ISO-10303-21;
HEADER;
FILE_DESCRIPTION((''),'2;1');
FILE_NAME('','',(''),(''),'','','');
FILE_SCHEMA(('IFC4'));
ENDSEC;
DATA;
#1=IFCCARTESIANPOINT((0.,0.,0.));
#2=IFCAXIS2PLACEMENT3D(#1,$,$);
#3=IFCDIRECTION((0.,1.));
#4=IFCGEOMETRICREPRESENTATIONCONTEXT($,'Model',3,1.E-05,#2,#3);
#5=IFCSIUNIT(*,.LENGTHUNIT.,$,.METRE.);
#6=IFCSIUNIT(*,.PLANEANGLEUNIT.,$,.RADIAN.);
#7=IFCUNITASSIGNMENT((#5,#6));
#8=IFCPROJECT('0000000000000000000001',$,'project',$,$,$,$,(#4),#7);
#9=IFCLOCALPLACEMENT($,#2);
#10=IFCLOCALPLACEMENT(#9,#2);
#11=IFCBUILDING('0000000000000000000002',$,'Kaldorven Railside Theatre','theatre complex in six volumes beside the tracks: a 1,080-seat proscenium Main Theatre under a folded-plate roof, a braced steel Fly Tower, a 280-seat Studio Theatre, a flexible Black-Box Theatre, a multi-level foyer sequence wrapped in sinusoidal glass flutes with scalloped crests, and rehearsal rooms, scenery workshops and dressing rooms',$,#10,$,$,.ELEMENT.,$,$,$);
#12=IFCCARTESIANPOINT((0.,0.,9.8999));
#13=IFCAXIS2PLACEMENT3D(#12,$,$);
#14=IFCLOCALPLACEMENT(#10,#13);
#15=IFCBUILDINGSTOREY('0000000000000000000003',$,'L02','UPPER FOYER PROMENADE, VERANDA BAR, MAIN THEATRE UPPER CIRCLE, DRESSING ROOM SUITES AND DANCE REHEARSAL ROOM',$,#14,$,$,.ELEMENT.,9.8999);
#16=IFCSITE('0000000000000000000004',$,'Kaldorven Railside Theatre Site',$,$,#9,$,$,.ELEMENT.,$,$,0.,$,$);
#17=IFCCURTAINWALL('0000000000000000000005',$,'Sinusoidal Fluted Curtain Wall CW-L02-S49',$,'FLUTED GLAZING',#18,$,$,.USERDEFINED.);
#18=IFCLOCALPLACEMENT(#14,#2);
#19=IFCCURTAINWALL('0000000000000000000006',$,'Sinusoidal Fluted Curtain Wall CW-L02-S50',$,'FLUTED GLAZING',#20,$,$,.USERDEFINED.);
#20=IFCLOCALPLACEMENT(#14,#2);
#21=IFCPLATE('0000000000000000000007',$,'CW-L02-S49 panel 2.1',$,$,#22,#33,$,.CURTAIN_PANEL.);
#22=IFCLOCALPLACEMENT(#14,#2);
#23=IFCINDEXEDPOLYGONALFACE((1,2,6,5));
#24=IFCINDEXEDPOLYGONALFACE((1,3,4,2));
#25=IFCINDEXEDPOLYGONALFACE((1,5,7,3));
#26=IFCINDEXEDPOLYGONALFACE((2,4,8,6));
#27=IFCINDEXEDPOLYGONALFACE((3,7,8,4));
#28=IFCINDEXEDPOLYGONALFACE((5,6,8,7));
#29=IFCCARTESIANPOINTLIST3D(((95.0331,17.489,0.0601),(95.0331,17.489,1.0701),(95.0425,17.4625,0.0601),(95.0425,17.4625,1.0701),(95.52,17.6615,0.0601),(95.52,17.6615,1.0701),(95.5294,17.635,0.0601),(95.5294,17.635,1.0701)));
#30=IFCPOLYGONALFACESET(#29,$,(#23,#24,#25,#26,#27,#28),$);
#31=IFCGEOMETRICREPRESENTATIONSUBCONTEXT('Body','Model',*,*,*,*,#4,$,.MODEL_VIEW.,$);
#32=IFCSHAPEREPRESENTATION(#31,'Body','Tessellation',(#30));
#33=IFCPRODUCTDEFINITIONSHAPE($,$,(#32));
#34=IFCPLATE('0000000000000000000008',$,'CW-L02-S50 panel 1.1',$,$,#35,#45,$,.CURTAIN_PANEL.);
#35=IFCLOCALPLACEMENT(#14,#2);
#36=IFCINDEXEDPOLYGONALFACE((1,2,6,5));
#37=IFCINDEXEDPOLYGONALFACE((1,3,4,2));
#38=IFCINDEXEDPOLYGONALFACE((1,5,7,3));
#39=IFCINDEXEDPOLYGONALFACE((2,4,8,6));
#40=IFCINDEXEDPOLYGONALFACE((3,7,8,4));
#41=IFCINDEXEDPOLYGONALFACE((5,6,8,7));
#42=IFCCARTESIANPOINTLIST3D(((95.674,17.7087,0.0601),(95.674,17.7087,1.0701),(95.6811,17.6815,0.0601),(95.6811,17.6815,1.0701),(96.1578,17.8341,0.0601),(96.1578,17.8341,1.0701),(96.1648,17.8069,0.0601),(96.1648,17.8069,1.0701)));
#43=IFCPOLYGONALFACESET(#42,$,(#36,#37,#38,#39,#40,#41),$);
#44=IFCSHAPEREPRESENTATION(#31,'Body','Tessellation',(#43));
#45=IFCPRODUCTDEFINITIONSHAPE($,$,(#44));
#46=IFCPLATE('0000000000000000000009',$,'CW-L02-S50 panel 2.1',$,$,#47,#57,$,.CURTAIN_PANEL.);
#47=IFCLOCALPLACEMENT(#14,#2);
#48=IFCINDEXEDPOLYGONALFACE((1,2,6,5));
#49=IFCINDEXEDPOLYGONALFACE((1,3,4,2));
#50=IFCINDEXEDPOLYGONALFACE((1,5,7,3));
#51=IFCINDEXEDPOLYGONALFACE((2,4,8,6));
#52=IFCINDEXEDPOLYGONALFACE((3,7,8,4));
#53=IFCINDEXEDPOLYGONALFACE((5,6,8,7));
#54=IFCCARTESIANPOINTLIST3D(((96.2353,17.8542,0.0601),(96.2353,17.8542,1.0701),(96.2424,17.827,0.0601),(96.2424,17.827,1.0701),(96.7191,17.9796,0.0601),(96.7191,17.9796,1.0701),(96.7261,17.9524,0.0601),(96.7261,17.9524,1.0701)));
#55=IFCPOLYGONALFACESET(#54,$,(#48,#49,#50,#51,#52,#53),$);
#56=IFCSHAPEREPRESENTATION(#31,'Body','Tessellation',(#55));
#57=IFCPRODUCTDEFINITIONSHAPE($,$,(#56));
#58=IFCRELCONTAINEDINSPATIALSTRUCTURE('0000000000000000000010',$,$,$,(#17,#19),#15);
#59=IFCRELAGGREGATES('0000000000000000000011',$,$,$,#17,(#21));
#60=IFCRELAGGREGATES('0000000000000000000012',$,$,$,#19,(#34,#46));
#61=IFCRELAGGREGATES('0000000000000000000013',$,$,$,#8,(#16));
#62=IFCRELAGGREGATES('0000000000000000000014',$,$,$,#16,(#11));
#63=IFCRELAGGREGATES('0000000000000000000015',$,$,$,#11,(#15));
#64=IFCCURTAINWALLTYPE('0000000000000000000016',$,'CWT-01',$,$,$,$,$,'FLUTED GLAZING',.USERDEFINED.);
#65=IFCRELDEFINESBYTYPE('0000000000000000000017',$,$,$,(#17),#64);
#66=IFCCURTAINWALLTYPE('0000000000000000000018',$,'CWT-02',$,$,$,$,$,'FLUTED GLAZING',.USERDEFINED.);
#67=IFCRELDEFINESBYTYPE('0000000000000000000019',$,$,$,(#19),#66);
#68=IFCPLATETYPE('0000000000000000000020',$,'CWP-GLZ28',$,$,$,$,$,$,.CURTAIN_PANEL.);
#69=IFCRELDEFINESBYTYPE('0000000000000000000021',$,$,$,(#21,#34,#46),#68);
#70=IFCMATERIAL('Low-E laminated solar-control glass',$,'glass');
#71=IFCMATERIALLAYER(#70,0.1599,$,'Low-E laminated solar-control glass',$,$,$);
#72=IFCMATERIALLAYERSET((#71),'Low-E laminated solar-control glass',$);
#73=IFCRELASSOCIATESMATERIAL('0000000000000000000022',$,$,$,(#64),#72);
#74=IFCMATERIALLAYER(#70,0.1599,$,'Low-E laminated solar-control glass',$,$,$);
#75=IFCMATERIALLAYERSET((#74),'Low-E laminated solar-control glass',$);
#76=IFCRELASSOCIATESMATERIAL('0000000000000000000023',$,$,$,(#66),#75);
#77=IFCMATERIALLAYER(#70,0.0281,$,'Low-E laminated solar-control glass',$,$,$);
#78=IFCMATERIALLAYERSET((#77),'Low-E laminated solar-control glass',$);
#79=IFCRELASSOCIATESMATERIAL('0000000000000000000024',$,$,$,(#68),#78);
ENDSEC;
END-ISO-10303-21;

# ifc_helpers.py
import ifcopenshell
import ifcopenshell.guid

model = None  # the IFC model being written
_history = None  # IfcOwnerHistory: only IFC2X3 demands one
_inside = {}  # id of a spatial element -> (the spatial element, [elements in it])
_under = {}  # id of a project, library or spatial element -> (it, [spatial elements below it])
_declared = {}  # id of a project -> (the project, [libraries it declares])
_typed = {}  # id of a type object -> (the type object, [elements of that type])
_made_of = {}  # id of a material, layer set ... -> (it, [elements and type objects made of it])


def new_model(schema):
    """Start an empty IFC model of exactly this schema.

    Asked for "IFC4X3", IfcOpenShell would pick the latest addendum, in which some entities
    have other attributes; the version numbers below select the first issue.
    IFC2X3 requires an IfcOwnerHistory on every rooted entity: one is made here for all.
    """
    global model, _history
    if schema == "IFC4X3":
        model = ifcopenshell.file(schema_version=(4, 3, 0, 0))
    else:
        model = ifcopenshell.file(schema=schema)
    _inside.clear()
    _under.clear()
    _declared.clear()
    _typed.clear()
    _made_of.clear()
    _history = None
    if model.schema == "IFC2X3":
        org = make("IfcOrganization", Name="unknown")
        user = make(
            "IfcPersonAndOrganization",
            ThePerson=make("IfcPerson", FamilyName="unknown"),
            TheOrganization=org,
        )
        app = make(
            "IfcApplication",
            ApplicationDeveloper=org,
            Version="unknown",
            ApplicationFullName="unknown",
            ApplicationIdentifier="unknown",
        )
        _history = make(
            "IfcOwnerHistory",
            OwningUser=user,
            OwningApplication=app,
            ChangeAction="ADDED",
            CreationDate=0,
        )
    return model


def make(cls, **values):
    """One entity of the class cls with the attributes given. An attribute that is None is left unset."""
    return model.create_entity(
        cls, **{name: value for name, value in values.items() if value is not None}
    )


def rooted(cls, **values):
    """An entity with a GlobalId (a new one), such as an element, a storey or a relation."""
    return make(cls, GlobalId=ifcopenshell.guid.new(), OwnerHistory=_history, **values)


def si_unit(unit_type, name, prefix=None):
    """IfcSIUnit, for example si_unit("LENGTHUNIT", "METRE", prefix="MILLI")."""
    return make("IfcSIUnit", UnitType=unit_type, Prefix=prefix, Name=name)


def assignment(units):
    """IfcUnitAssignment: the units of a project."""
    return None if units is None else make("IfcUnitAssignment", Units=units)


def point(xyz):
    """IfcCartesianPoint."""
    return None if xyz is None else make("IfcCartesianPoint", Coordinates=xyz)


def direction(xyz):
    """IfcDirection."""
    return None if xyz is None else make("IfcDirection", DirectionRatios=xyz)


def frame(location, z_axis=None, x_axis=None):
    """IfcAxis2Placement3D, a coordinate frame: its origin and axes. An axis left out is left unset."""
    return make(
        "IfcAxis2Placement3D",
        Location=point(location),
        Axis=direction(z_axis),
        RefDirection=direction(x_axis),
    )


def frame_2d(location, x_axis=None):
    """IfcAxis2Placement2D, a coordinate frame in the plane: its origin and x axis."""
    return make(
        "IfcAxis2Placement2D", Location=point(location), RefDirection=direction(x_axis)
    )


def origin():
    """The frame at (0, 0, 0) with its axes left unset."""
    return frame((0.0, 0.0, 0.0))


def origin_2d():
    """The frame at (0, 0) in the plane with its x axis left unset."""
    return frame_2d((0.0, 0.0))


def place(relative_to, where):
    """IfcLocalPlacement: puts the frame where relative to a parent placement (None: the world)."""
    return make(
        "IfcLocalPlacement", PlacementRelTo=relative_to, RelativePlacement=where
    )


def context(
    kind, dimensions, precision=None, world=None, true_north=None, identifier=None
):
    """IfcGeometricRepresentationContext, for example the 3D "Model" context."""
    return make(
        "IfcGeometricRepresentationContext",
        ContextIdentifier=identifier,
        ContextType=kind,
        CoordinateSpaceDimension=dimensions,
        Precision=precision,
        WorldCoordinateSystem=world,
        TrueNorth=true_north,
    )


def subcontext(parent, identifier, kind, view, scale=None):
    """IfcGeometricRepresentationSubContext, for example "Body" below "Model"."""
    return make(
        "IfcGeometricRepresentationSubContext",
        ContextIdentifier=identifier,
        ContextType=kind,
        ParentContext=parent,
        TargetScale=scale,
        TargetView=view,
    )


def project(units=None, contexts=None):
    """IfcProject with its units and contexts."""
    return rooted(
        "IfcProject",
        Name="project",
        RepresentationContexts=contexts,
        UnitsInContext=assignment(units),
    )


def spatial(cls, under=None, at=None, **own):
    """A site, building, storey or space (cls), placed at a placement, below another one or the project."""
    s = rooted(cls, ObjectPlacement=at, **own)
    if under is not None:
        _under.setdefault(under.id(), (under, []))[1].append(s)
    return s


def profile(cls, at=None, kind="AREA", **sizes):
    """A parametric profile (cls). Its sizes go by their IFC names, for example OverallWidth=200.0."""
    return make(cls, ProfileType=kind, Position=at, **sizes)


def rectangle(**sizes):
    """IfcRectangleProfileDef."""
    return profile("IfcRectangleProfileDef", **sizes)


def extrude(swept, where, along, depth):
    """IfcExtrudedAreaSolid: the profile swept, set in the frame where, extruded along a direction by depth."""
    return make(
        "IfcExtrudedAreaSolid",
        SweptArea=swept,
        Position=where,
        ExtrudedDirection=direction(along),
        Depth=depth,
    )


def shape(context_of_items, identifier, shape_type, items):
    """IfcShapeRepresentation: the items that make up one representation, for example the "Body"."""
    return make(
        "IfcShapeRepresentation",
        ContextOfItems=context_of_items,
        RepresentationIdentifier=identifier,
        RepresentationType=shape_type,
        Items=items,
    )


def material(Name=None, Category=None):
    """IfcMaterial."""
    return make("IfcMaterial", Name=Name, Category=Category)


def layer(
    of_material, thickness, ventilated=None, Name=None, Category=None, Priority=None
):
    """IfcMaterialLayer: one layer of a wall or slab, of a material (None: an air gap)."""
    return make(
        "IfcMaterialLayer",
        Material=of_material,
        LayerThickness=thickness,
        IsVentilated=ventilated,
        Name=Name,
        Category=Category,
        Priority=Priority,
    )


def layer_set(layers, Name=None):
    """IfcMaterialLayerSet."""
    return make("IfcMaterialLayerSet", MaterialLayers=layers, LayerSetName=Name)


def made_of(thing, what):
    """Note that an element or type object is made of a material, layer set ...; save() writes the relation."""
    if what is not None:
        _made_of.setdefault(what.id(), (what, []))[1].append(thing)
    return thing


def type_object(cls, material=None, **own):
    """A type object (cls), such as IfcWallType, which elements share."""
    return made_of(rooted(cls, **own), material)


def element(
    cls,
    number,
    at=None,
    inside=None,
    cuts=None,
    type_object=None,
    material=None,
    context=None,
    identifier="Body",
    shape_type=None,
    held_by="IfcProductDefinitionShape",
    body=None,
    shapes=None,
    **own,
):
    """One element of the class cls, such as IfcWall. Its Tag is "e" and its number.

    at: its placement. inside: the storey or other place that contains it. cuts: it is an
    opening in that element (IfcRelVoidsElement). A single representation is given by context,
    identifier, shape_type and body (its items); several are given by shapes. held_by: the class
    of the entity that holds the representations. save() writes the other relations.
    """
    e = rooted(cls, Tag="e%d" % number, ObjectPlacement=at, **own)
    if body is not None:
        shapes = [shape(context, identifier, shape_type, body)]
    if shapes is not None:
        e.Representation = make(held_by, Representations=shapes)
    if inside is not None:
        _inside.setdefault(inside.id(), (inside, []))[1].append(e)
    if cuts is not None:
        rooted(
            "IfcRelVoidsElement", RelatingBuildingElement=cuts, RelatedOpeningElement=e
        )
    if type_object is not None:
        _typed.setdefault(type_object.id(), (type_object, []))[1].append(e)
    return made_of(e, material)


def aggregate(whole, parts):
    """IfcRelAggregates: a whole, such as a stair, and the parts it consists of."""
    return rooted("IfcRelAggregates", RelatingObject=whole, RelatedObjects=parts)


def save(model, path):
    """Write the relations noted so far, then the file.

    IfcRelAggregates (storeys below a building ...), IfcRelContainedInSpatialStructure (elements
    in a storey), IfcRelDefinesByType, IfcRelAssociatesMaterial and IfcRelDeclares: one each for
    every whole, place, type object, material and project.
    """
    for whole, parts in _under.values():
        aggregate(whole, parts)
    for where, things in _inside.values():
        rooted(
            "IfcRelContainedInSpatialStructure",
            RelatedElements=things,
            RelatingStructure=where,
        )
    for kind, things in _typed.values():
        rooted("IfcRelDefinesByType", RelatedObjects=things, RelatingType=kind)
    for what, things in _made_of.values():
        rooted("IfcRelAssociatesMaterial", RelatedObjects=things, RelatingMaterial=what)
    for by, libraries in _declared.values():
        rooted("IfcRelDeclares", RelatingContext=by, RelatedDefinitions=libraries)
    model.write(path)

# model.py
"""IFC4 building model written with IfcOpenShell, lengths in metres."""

from ifc_helpers import new_model, si_unit, direction, frame, origin, origin_2d, place, context, subcontext, project, spatial, rectangle, extrude, material, layer, layer_set, type_object, element, aggregate, save


model = new_model("IFC4")

# Units and contexts
model_context = context("Model", 3, precision=1e-05, world=origin(), true_north=direction((0.0, 1.0)))
body_context = subcontext(model_context, "Body", "Model", "MODEL_VIEW")
ifc_project = project(units=[si_unit("LENGTHUNIT", "METRE"), si_unit("PLANEANGLEUNIT", "RADIAN")], contexts=[model_context])

# Site, building, storey
site_placement = place(None, origin())
site = spatial("IfcSite", under=ifc_project, at=site_placement, Name="Kaldorven Railside Theatre Site", CompositionType="ELEMENT", RefElevation=0.0)
building_placement = place(site_placement, origin())
building = spatial("IfcBuilding", under=site, at=building_placement, Name="Kaldorven Railside Theatre", Description="theatre complex in six volumes beside the tracks: a 1,080-seat proscenium Main Theatre under a folded-plate roof, a braced steel Fly Tower, a 280-seat Studio Theatre, a flexible Black-Box Theatre, a multi-level foyer sequence wrapped in sinusoidal glass flutes with scalloped crests, and rehearsal rooms, scenery workshops and dressing rooms", CompositionType="ELEMENT")
storey_placement = place(building_placement, frame((0.0, 0.0, 9.8999)))
storey = spatial("IfcBuildingStorey", under=building, at=storey_placement, Name="L02", Description="UPPER FOYER PROMENADE, VERANDA BAR, MAIN THEATRE UPPER CIRCLE, DRESSING ROOM SUITES AND DANCE REHEARSAL ROOM", CompositionType="ELEMENT", Elevation=9.8999)

# Curtain walls
ifc_material_1 = material(Name="Low-E laminated solar-control glass", Category="glass")
ifc_layer_1 = layer(ifc_material_1, 0.1599, Name="Low-E laminated solar-control glass")
ifc_layer_set_1 = layer_set([ifc_layer_1], Name="Low-E laminated solar-control glass")
curtain_wall_type_1 = type_object("IfcCurtainWallType", Name="CWT-01", ElementType="FLUTED GLAZING", PredefinedType="USERDEFINED", material=ifc_layer_set_1)
curtain_wall_1_placement = place(storey_placement, origin())
curtain_wall_1 = element("IfcCurtainWall", 1, at=curtain_wall_1_placement, inside=storey, type_object=curtain_wall_type_1, Name="Sinusoidal Fluted Curtain Wall CW-L02-S49", ObjectType="FLUTED GLAZING", PredefinedType="USERDEFINED")
ifc_layer_2 = layer(ifc_material_1, 0.1599, Name="Low-E laminated solar-control glass")
ifc_layer_set_2 = layer_set([ifc_layer_2], Name="Low-E laminated solar-control glass")
curtain_wall_type_2 = type_object("IfcCurtainWallType", Name="CWT-02", ElementType="FLUTED GLAZING", PredefinedType="USERDEFINED", material=ifc_layer_set_2)
curtain_wall_2_placement = place(storey_placement, origin())
curtain_wall_2 = element("IfcCurtainWall", 2, at=curtain_wall_2_placement, inside=storey, type_object=curtain_wall_type_2, Name="Sinusoidal Fluted Curtain Wall CW-L02-S50", ObjectType="FLUTED GLAZING", PredefinedType="USERDEFINED")

# Plates
ifc_layer_3 = layer(ifc_material_1, 0.0281, Name="Low-E laminated solar-control glass")
ifc_layer_set_3 = layer_set([ifc_layer_3], Name="Low-E laminated solar-control glass")
plate_type = type_object("IfcPlateType", Name="CWP-GLZ28", PredefinedType="CURTAIN_PANEL", material=ifc_layer_set_3)
plate_1_placement = place(storey_placement, frame((95.2812, 17.562, 0.0601), z_axis=(0.0, 0.0, 1.0), x_axis=(0.942627, 0.333847, 0.0)))
plate_1 = element("IfcPlate", 3, at=plate_1_placement, type_object=plate_type, Name="CW-L02-S49 panel 2.1", PredefinedType="CURTAIN_PANEL", context=body_context, shape_type="SweptSolid", body=[
    extrude(rectangle(XDim=0.5166, YDim=0.0281, at=origin_2d()), origin(), (0.0, 0.0, 1.0), 1.01),
])
aggregate(curtain_wall_1, [plate_1])
plate_2_placement = place(storey_placement, frame((95.9194, 17.7578, 0.0601), z_axis=(0.0, 0.0, 1.0), x_axis=(0.967999, 0.250954, 0.0)))
plate_2 = element("IfcPlate", 4, at=plate_2_placement, type_object=plate_type, Name="CW-L02-S50 panel 1.1", PredefinedType="CURTAIN_PANEL", context=body_context, shape_type="SweptSolid", body=[
    extrude(rectangle(XDim=0.4998, YDim=0.0281, at=origin_2d()), origin(), (0.0, 0.0, 1.0), 1.01),
])
plate_3_placement = place(storey_placement, frame((96.4807, 17.9033, 0.0601), z_axis=(0.0, 0.0, 1.0), x_axis=(0.967999, 0.250954, 0.0)))
plate_3 = element("IfcPlate", 5, at=plate_3_placement, type_object=plate_type, Name="CW-L02-S50 panel 2.1", PredefinedType="CURTAIN_PANEL", context=body_context, shape_type="SweptSolid", body=[
    extrude(rectangle(XDim=0.4998, YDim=0.0281, at=origin_2d()), origin(), (0.0, 0.0, 1.0), 1.01),
])
aggregate(curtain_wall_2, [plate_2, plate_3])

save(model, "model.ifc")
